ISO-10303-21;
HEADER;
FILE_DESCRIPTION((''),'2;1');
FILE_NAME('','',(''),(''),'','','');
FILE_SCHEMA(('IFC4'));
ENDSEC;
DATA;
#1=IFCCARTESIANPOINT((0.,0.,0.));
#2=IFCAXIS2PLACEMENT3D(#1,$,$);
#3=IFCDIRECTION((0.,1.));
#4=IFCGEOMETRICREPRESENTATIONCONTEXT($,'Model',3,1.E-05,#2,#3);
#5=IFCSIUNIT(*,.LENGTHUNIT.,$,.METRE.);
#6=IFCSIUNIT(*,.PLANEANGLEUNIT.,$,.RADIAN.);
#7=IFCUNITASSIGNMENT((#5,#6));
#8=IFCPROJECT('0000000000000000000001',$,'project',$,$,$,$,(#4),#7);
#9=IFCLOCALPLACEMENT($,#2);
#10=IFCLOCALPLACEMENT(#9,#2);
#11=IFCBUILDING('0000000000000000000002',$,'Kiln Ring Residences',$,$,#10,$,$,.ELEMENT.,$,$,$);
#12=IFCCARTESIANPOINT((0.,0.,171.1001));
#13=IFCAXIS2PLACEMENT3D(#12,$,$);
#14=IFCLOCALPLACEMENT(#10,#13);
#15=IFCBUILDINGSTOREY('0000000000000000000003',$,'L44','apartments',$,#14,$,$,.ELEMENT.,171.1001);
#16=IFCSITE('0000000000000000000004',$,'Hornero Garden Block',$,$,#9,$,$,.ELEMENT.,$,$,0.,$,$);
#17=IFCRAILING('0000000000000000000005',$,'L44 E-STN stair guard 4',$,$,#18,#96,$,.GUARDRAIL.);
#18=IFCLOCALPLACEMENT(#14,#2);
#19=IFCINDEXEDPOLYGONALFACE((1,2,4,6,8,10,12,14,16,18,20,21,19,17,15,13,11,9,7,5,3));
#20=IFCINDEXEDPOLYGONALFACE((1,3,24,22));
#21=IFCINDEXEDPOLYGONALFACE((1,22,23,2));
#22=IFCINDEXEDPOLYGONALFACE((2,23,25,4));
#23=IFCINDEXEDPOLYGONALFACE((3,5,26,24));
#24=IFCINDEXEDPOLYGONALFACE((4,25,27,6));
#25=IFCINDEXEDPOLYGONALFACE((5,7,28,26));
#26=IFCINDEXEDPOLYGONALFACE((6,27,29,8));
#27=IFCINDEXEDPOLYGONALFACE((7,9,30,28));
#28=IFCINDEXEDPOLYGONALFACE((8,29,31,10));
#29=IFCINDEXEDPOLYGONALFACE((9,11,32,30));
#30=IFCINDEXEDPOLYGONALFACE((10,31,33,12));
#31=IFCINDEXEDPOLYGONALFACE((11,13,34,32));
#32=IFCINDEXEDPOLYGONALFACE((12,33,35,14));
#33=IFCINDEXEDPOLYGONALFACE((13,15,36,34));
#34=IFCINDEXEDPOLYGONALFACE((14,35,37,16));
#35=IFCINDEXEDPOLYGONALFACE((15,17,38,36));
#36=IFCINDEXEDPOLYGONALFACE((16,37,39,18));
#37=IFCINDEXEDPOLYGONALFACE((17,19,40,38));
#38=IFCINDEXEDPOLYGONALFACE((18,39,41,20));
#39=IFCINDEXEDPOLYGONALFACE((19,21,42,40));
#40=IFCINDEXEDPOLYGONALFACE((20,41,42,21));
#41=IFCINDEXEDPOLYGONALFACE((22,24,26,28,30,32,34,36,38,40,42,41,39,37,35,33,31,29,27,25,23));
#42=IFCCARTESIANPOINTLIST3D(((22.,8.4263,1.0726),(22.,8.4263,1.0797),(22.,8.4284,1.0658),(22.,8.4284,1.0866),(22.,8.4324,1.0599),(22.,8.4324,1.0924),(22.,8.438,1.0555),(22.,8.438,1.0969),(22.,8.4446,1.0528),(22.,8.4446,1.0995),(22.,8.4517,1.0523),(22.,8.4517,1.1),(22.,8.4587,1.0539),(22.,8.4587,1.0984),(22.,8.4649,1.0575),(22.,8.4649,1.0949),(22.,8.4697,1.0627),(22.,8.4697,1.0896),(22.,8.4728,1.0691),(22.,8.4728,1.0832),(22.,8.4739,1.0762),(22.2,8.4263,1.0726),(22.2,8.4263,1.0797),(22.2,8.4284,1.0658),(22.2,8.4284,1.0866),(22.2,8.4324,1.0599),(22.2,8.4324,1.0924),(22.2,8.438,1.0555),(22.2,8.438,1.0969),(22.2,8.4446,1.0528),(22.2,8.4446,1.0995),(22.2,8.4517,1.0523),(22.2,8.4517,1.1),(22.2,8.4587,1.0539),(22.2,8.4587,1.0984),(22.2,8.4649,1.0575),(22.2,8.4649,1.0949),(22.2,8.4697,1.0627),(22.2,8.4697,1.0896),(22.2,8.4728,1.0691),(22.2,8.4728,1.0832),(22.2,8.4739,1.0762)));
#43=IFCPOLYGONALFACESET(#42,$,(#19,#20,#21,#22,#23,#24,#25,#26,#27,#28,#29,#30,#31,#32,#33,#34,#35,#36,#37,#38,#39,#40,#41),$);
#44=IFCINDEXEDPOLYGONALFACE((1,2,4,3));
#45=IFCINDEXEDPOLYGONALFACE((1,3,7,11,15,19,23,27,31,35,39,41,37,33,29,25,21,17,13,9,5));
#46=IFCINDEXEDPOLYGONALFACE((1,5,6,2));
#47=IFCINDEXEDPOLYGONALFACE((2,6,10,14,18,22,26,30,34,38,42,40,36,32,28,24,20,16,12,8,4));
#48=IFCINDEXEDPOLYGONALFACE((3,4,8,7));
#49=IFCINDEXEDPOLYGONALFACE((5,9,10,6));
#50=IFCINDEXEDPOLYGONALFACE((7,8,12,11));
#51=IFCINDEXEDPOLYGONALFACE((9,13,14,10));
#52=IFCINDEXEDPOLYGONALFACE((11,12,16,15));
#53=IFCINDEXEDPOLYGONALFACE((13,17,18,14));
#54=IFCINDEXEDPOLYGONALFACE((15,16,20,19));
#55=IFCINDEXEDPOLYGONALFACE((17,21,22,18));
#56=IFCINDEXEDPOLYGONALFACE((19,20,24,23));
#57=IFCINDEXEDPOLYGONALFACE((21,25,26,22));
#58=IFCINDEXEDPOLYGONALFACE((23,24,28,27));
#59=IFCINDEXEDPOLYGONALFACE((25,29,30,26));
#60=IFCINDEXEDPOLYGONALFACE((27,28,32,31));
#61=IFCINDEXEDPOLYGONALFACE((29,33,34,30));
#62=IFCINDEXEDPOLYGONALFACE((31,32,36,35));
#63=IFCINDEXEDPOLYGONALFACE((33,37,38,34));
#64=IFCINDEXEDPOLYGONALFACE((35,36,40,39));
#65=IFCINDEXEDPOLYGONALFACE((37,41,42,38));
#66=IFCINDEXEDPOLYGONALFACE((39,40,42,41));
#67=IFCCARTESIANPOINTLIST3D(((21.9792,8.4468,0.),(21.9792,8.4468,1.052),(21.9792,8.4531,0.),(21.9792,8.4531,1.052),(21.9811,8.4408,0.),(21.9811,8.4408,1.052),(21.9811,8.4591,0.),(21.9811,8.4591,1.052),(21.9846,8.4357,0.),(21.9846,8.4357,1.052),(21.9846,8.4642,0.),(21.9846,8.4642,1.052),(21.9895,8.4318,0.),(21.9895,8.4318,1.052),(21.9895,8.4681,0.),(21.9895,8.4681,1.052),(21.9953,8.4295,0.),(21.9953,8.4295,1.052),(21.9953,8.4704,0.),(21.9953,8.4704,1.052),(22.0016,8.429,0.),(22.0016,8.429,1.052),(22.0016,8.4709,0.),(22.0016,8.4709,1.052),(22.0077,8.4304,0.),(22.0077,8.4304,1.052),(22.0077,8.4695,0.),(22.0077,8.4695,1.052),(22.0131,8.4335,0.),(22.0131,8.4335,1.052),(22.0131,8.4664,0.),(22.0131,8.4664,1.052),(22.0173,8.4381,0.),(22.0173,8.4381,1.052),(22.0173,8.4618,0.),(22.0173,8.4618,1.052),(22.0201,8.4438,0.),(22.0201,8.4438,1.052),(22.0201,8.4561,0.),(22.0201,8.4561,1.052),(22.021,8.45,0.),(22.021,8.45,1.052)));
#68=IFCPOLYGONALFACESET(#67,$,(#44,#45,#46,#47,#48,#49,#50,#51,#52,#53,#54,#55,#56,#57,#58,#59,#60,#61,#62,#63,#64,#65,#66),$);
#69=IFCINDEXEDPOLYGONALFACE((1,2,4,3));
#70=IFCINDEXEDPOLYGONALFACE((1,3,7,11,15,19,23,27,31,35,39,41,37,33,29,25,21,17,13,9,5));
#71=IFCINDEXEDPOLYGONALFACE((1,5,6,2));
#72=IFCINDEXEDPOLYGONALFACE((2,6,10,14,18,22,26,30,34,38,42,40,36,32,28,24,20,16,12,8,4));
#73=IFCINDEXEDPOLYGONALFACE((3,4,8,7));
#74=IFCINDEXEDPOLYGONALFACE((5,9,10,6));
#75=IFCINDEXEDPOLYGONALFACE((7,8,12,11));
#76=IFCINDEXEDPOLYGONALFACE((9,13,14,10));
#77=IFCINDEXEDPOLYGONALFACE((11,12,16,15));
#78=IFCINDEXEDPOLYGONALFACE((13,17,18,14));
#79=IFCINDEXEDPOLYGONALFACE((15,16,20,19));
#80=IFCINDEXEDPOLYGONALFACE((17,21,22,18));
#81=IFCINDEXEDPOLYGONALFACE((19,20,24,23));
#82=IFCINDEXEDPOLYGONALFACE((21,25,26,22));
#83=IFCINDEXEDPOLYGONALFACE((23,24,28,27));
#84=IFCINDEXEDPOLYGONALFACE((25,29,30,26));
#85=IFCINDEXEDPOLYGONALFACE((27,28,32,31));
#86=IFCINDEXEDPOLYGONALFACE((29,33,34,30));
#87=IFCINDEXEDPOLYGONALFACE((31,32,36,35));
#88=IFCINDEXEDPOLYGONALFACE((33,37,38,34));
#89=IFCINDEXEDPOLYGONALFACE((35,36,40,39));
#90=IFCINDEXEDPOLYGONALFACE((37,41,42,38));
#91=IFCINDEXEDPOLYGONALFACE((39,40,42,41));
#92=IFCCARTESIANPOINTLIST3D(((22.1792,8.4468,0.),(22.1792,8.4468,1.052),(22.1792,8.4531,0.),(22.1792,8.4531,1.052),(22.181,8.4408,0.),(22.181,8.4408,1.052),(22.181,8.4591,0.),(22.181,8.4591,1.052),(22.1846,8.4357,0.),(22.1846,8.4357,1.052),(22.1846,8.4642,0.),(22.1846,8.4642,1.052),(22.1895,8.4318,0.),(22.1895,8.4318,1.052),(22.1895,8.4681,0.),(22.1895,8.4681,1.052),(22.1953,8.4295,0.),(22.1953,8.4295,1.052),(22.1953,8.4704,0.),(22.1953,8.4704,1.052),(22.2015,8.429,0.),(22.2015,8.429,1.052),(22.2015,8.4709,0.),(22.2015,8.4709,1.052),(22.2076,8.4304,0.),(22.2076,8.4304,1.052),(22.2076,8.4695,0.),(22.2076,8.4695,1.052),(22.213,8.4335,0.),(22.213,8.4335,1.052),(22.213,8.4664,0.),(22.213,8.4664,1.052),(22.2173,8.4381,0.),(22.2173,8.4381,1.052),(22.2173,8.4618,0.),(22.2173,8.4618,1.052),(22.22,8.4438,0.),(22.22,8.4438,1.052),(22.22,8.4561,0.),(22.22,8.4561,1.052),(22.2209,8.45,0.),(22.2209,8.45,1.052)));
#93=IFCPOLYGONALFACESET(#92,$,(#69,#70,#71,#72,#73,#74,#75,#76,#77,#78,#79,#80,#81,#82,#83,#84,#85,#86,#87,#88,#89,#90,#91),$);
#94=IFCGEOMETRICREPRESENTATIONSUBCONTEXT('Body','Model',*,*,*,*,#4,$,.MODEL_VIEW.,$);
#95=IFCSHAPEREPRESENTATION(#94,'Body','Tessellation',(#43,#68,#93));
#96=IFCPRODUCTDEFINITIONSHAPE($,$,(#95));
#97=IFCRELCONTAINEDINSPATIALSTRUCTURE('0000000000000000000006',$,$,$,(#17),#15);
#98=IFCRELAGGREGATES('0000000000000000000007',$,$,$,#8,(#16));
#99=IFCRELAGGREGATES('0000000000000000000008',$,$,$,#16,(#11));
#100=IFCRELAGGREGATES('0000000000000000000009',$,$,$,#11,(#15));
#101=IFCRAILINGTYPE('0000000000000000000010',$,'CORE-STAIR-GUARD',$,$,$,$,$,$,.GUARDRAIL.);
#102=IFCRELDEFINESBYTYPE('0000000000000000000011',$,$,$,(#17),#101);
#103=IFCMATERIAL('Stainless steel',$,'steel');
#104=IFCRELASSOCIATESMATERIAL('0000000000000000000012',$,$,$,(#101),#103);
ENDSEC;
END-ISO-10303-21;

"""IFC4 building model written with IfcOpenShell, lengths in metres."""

from ifc_helpers import new_model, si_unit, direction, frame, origin, origin_2d, place, context, subcontext, project, spatial, circle, extrude, material, type_object, element, save


model = new_model("IFC4")

# Units and contexts
model_context = context("Model", 3, precision=1e-05, world=origin(), true_north=direction((0.0, 1.0)))
body_context = subcontext(model_context, "Body", "Model", "MODEL_VIEW")
ifc_project = project(units=[si_unit("LENGTHUNIT", "METRE"), si_unit("PLANEANGLEUNIT", "RADIAN")], contexts=[model_context])

# Site, building, storey
site_placement = place(None, origin())
site = spatial("IfcSite", under=ifc_project, at=site_placement, Name="Hornero Garden Block", CompositionType="ELEMENT", RefElevation=0.0)
building_placement = place(site_placement, origin())
building = spatial("IfcBuilding", under=site, at=building_placement, Name="Kiln Ring Residences", CompositionType="ELEMENT")
storey_placement = place(building_placement, frame((0.0, 0.0, 171.1001)))
storey = spatial("IfcBuildingStorey", under=building, at=storey_placement, Name="L44", Description="apartments", CompositionType="ELEMENT", Elevation=171.1001)

# Railing
ifc_material_1 = material(Name="Stainless steel", Category="steel")
railing_type = type_object("IfcRailingType", Name="CORE-STAIR-GUARD", PredefinedType="GUARDRAIL", material=ifc_material_1)
railing_1_placement = place(storey_placement, frame((22.0, 8.45, 0.0)))
element("IfcRailing", 1, at=railing_1_placement, inside=storey, type_object=railing_type, Name="L44 E-STN stair guard 4", PredefinedType="GUARDRAIL", context=body_context, shape_type="SweptSolid", body=[
    extrude(circle(Radius=0.0239, at=origin_2d()), frame((0.0, 0.0, 1.0762), z_axis=(1.0, 0.0, 0.0), x_axis=(0.0, 1.0, 0.0)), (0.0, 0.0, 1.0), 0.2),
    extrude(circle(Radius=0.021, at=origin_2d()), origin(), (0.0, 0.0, 1.0), 1.052),
    extrude(circle(Radius=0.021, at=origin_2d()), frame((0.2, 0.0, 0.0)), (0.0, 0.0, 1.0), 1.052),
])

save(model, "model.ifc")
